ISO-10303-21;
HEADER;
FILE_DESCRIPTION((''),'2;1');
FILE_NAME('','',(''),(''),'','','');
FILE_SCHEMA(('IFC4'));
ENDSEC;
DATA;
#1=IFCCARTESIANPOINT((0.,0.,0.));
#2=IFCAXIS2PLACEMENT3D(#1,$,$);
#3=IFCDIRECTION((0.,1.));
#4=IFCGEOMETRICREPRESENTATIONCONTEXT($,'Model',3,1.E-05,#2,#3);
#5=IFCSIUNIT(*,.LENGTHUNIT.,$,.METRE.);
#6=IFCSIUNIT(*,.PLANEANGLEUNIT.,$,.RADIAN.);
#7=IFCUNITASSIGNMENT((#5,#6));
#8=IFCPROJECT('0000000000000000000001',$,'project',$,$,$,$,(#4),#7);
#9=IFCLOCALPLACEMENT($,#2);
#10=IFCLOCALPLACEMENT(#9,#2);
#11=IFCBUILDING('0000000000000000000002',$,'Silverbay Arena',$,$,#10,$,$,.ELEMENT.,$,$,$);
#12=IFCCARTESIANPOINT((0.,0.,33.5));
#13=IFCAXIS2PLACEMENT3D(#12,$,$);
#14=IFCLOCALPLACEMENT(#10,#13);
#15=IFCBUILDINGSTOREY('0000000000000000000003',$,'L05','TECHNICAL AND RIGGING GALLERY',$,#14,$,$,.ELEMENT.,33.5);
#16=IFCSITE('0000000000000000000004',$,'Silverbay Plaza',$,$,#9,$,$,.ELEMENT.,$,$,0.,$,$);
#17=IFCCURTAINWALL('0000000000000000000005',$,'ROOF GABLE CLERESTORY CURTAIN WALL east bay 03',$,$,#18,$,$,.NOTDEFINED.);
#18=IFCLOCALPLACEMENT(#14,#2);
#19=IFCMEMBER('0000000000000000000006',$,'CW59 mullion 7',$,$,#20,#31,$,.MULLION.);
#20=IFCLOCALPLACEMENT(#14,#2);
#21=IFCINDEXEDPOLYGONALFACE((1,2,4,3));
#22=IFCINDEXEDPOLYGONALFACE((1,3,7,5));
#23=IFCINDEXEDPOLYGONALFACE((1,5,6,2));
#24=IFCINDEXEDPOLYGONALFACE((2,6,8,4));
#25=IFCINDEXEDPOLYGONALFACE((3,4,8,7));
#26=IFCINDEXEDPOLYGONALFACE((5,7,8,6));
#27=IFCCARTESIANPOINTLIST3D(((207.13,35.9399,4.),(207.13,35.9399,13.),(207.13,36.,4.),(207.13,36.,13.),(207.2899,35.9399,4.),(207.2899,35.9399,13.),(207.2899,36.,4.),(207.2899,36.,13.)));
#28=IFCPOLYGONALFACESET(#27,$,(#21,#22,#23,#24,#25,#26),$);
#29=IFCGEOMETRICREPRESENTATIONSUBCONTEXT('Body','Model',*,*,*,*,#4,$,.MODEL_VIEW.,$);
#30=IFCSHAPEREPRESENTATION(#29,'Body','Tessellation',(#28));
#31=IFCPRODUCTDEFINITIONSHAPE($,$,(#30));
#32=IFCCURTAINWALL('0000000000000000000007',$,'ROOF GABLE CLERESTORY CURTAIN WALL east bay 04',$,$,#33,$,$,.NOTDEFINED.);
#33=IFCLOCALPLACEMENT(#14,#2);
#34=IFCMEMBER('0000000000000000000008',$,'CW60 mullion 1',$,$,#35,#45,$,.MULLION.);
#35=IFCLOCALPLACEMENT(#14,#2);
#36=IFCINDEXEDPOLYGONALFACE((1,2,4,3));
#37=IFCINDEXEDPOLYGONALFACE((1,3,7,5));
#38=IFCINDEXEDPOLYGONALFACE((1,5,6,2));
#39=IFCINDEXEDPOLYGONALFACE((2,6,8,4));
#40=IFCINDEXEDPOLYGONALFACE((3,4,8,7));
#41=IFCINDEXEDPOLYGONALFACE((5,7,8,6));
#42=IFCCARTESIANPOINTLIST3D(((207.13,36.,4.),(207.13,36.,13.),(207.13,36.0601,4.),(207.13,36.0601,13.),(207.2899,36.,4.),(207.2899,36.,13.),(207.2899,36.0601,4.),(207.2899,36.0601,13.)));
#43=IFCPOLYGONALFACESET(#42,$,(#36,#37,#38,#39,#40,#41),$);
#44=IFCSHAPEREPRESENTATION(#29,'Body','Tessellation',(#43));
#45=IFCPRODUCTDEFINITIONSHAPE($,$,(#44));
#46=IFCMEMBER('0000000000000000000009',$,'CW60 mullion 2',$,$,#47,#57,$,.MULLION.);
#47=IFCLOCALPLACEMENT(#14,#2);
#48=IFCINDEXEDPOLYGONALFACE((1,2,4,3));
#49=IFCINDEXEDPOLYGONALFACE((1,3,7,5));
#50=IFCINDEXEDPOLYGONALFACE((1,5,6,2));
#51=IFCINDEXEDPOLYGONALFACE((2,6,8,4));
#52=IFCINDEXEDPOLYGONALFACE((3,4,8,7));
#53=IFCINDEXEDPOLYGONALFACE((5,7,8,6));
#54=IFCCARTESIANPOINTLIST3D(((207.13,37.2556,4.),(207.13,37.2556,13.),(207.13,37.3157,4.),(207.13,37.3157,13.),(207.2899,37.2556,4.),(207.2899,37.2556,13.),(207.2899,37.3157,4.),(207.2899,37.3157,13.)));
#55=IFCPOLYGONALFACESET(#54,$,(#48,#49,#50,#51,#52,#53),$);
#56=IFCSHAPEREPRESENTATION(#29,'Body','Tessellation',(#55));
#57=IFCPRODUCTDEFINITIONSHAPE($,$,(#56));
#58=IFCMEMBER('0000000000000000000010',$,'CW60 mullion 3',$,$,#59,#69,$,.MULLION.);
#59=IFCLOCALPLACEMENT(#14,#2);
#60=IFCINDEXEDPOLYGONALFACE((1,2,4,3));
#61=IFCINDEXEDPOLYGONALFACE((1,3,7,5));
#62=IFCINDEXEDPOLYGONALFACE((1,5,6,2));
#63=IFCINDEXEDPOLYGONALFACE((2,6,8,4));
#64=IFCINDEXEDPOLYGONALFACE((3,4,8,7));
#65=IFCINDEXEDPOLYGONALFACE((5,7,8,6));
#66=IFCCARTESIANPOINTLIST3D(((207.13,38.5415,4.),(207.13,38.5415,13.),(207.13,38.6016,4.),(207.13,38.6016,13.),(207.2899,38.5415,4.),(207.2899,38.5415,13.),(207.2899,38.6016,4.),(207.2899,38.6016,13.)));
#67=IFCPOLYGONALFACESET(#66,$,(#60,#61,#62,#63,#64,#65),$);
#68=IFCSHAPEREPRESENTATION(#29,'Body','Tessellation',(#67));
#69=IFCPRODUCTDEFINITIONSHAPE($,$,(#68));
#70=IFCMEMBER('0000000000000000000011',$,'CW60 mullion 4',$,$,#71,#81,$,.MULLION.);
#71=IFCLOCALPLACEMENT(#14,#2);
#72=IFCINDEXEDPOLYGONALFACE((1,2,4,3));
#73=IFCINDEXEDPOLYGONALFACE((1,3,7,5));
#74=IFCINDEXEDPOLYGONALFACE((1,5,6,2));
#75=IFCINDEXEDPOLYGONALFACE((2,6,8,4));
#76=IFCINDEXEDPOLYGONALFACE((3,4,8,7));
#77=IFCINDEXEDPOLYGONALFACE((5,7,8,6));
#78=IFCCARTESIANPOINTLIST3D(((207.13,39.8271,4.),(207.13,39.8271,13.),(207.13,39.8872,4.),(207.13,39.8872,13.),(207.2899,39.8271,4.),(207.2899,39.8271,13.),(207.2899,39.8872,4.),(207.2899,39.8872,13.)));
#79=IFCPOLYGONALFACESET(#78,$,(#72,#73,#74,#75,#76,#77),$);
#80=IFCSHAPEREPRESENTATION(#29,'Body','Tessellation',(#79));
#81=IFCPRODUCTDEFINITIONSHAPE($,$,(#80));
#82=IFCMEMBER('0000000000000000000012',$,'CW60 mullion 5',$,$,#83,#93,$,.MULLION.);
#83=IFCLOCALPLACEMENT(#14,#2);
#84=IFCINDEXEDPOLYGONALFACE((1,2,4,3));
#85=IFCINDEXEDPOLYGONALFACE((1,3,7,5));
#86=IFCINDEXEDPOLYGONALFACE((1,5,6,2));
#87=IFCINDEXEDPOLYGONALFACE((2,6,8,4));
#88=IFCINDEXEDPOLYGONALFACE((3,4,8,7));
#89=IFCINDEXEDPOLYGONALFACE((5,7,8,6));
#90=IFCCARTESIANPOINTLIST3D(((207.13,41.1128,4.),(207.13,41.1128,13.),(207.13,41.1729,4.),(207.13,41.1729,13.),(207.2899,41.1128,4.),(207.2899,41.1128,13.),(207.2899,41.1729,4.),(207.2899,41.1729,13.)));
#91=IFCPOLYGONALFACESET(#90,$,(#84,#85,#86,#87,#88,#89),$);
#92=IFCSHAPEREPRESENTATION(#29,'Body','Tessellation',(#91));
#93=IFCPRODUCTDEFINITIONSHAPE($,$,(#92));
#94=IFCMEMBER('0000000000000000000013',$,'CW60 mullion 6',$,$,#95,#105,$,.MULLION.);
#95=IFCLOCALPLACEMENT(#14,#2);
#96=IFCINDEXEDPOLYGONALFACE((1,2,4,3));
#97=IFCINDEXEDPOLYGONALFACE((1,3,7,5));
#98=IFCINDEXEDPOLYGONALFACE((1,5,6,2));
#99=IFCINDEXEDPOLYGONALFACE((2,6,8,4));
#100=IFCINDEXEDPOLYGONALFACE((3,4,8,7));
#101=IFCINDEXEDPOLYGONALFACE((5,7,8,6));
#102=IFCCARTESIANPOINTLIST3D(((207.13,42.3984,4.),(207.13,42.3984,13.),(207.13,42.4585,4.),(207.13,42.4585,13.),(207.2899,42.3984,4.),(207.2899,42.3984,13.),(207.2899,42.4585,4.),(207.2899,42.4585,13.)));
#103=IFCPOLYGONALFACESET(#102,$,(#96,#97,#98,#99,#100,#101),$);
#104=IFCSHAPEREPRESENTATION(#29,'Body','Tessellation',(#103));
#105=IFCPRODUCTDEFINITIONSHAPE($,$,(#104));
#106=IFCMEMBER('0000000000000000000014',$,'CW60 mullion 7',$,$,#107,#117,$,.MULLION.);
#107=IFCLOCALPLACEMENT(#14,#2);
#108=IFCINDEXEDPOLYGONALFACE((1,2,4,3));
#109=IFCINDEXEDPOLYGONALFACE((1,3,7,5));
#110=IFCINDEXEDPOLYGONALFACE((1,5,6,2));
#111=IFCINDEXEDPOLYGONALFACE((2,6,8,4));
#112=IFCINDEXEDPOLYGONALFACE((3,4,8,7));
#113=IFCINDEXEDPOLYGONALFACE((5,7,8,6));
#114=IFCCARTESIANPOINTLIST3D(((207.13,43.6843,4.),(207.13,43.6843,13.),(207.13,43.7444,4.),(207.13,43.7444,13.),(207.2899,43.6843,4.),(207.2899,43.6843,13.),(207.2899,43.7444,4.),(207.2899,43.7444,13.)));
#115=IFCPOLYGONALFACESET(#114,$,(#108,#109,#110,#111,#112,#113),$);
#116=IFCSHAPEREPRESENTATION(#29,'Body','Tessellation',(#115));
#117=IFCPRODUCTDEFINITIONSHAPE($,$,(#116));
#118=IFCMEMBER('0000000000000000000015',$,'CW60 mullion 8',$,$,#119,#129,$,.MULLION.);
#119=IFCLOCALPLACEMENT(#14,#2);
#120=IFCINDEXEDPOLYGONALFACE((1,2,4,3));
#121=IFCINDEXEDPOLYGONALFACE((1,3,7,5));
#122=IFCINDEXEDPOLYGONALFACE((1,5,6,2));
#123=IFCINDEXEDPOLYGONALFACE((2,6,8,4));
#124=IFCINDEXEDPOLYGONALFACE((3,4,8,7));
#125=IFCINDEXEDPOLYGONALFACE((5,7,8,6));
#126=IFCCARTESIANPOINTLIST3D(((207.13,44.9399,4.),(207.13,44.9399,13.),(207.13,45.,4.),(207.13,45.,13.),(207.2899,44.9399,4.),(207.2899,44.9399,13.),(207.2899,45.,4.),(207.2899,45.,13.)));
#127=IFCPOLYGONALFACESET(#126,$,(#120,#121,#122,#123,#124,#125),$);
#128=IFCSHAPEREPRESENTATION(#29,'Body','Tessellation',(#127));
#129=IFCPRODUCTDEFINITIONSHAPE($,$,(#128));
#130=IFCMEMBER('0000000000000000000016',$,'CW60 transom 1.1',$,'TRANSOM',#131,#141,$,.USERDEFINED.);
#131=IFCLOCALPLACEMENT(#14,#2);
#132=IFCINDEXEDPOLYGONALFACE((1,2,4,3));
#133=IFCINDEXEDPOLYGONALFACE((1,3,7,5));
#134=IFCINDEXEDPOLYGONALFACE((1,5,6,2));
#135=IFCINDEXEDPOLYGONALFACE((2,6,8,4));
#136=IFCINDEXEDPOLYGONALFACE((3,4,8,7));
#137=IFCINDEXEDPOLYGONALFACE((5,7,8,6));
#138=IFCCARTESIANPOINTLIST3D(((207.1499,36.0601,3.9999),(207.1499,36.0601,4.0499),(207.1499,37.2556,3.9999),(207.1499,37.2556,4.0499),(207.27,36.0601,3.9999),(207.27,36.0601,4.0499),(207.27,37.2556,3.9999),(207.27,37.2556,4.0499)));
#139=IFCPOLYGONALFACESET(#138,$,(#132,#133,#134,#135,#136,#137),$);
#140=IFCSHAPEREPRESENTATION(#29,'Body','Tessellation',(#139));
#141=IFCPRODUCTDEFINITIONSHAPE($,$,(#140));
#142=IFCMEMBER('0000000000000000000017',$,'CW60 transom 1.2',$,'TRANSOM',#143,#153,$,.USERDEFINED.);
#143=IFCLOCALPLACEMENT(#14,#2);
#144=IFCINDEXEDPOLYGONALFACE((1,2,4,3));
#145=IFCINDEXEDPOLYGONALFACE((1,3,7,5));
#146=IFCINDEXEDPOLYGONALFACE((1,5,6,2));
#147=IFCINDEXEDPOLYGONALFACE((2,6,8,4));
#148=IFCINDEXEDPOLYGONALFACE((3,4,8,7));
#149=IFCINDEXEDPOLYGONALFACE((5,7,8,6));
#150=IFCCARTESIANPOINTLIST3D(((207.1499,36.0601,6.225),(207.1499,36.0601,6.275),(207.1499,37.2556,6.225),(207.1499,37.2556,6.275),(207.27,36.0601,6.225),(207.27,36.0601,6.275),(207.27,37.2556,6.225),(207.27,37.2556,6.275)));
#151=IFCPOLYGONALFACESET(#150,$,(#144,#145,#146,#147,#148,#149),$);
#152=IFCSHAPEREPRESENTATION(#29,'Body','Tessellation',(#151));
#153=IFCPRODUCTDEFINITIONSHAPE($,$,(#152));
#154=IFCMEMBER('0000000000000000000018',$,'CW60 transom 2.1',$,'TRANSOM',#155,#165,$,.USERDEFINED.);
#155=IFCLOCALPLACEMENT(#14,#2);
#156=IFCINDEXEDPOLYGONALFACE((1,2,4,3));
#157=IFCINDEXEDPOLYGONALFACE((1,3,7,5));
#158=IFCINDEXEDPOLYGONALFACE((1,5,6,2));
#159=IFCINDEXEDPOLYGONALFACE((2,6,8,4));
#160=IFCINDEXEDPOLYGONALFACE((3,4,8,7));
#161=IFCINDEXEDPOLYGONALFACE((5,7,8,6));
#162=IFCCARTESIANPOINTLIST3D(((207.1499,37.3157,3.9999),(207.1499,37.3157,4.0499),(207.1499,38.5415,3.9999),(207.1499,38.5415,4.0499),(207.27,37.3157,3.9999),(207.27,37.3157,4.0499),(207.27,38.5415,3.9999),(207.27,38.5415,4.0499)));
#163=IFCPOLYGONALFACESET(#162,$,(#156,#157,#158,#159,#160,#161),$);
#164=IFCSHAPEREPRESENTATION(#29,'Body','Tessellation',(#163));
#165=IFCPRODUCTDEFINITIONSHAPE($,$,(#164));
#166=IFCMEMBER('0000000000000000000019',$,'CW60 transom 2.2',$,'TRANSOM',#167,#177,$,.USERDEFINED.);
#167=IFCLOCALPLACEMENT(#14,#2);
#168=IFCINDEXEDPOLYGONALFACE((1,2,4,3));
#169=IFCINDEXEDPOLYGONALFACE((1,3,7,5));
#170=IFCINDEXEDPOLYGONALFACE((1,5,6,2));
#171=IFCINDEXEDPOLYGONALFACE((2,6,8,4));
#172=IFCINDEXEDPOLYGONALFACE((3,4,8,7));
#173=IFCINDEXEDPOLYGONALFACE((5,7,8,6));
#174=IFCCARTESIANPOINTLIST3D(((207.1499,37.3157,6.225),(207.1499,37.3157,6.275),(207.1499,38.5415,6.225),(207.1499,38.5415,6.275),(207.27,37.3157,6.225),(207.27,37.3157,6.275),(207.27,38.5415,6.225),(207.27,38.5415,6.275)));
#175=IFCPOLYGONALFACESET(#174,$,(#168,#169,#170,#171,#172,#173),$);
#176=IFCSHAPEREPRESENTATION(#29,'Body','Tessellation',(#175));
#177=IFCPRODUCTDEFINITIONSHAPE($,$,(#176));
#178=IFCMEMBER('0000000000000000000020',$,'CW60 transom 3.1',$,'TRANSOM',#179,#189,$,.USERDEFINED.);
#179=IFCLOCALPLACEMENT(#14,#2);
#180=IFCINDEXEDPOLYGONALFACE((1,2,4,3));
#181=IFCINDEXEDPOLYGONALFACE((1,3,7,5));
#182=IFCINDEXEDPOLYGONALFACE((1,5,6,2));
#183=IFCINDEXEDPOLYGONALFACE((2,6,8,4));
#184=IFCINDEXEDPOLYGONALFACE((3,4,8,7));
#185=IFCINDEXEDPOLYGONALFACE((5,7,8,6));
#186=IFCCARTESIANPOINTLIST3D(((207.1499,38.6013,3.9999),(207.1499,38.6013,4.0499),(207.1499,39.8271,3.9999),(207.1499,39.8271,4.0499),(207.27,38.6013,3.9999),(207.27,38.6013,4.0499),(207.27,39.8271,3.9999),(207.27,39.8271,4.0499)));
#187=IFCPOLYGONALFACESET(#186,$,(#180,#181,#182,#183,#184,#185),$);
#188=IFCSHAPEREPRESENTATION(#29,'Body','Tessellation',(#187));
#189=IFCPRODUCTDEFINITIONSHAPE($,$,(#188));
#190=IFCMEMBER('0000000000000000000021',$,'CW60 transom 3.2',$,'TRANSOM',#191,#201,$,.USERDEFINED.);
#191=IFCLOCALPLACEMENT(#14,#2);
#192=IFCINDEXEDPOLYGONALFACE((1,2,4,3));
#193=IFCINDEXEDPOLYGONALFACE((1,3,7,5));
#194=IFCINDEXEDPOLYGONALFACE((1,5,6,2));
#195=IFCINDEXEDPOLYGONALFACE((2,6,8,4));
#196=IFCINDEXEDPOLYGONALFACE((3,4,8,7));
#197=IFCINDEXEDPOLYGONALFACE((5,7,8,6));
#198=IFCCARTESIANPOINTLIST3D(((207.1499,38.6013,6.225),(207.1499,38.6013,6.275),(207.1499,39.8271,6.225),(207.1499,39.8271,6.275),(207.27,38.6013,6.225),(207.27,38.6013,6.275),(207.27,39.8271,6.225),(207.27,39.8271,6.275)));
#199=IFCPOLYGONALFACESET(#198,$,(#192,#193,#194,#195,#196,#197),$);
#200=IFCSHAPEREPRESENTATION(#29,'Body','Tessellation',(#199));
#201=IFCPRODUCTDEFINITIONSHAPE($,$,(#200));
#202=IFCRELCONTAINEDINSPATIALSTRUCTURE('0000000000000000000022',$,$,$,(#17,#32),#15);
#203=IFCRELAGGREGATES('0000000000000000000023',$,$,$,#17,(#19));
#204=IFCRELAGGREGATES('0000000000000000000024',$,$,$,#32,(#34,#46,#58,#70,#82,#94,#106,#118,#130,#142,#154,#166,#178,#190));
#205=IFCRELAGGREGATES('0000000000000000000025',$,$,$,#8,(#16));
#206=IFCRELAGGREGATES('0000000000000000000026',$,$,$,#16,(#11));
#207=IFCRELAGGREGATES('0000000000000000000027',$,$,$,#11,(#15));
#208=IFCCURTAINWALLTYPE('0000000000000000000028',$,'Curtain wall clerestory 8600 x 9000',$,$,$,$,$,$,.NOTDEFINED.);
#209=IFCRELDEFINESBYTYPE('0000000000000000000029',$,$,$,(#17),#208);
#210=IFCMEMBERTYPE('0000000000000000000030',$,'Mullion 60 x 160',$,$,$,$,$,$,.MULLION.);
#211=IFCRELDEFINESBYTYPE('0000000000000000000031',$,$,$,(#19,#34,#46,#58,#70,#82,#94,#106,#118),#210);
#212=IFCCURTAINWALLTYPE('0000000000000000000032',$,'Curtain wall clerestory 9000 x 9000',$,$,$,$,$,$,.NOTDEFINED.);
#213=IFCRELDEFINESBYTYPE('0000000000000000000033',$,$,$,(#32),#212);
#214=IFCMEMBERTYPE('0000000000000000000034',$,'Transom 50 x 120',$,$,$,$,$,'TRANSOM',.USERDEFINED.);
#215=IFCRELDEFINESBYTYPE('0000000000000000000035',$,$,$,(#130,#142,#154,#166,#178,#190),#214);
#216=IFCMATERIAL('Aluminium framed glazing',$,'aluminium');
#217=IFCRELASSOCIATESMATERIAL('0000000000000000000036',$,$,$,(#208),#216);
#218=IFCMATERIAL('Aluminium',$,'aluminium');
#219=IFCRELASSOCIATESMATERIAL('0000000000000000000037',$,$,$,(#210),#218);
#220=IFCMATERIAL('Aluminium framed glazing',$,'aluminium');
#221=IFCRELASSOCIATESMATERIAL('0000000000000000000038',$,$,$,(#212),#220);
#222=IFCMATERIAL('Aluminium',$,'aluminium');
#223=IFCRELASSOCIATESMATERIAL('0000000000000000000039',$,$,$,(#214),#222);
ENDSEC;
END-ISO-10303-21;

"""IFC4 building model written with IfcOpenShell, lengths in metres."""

from ifc_helpers import new_model, si_unit, direction, frame, origin, origin_2d, place, context, subcontext, project, spatial, rectangle, extrude, material, material_profile, profile_set, type_object, element, aggregate, save


model = new_model("IFC4")

# Units and contexts
model_context = context("Model", 3, precision=1e-05, world=origin(), true_north=direction((0.0, 1.0)))
body_context = subcontext(model_context, "Body", "Model", "MODEL_VIEW")
ifc_project = project(units=[si_unit("LENGTHUNIT", "METRE"), si_unit("PLANEANGLEUNIT", "RADIAN")], contexts=[model_context])

# Site, building, storey
site_placement = place(None, origin())
site = spatial("IfcSite", under=ifc_project, at=site_placement, Name="Silverbay Plaza", CompositionType="ELEMENT", RefElevation=0.0)
building_placement = place(site_placement, origin())
building = spatial("IfcBuilding", under=site, at=building_placement, Name="Silverbay Arena", CompositionType="ELEMENT")
storey_placement = place(building_placement, frame((0.0, 0.0, 33.5)))
storey = spatial("IfcBuildingStorey", under=building, at=storey_placement, Name="L05", Description="TECHNICAL AND RIGGING GALLERY", CompositionType="ELEMENT", Elevation=33.5)

# Curtain wall, member
ifc_material_1 = material(Name="Aluminium framed glazing", Category="aluminium")
curtain_wall_type_1 = type_object("IfcCurtainWallType", Name="Curtain wall clerestory 8600 x 9000", PredefinedType="NOTDEFINED", material=ifc_material_1)
curtain_wall_1_placement = place(storey_placement, origin())
curtain_wall_1 = element("IfcCurtainWall", 1, at=curtain_wall_1_placement, inside=storey, type_object=curtain_wall_type_1, Name="ROOF GABLE CLERESTORY CURTAIN WALL east bay 03", PredefinedType="NOTDEFINED")
ifc_material_2 = material(Name="Aluminium", Category="aluminium")
ifc_material_profile_1 = material_profile(ifc_material_2, rectangle(XDim=0.1599, YDim=0.0601, at=origin_2d()), Name="Mullion 60 x 160")
ifc_profile_set_1 = profile_set([ifc_material_profile_1], Name="Aluminium")
member_type_1 = type_object("IfcMemberType", Name="Mullion 60 x 160", PredefinedType="MULLION", material=ifc_profile_set_1)
member_1_placement = place(storey_placement, frame((207.21, 35.97, 4.0), z_axis=(0.0, 0.0, 1.0), x_axis=(-1.0, 0.0, 0.0)))
member_1 = element("IfcMember", 2, at=member_1_placement, type_object=member_type_1, Name="CW59 mullion 7", PredefinedType="MULLION", context=body_context, shape_type="SweptSolid", body=[
    extrude(rectangle(XDim=0.1599, YDim=0.0601, at=origin_2d()), origin(), (0.0, 0.0, 1.0), 9.0),
])
aggregate(curtain_wall_1, [member_1])

# Curtain wall, members
ifc_material_3 = material(Name="Aluminium framed glazing", Category="aluminium")
curtain_wall_type_2 = type_object("IfcCurtainWallType", Name="Curtain wall clerestory 9000 x 9000", PredefinedType="NOTDEFINED", material=ifc_material_3)
curtain_wall_2_placement = place(storey_placement, origin())
curtain_wall_2 = element("IfcCurtainWall", 3, at=curtain_wall_2_placement, inside=storey, type_object=curtain_wall_type_2, Name="ROOF GABLE CLERESTORY CURTAIN WALL east bay 04", PredefinedType="NOTDEFINED")
member_2_placement = place(storey_placement, frame((207.21, 36.03, 4.0), z_axis=(0.0, 0.0, 1.0), x_axis=(-1.0, 0.0, 0.0)))
member_2 = element("IfcMember", 4, at=member_2_placement, type_object=member_type_1, Name="CW60 mullion 1", PredefinedType="MULLION", context=body_context, shape_type="SweptSolid", body=[
    extrude(rectangle(XDim=0.1599, YDim=0.0601, at=origin_2d()), origin(), (0.0, 0.0, 1.0), 9.0),
])
member_3_placement = place(storey_placement, frame((207.21, 37.2856, 4.0), z_axis=(0.0, 0.0, 1.0), x_axis=(-1.0, 0.0, 0.0)))
member_3 = element("IfcMember", 5, at=member_3_placement, type_object=member_type_1, Name="CW60 mullion 2", PredefinedType="MULLION", context=body_context, shape_type="SweptSolid", body=[
    extrude(rectangle(XDim=0.1599, YDim=0.0601, at=origin_2d()), origin(), (0.0, 0.0, 1.0), 9.0),
])
member_4_placement = place(storey_placement, frame((207.21, 38.5715, 4.0), z_axis=(0.0, 0.0, 1.0), x_axis=(-1.0, 0.0, 0.0)))
member_4 = element("IfcMember", 6, at=member_4_placement, type_object=member_type_1, Name="CW60 mullion 3", PredefinedType="MULLION", context=body_context, shape_type="SweptSolid", body=[
    extrude(rectangle(XDim=0.1599, YDim=0.0601, at=origin_2d()), origin(), (0.0, 0.0, 1.0), 9.0),
])
member_5_placement = place(storey_placement, frame((207.21, 39.8572, 4.0), z_axis=(0.0, 0.0, 1.0), x_axis=(-1.0, 0.0, 0.0)))
member_5 = element("IfcMember", 7, at=member_5_placement, type_object=member_type_1, Name="CW60 mullion 4", PredefinedType="MULLION", context=body_context, shape_type="SweptSolid", body=[
    extrude(rectangle(XDim=0.1599, YDim=0.0601, at=origin_2d()), origin(), (0.0, 0.0, 1.0), 9.0),
])
member_6_placement = place(storey_placement, frame((207.21, 41.1428, 4.0), z_axis=(0.0, 0.0, 1.0), x_axis=(-1.0, 0.0, 0.0)))
member_6 = element("IfcMember", 8, at=member_6_placement, type_object=member_type_1, Name="CW60 mullion 5", PredefinedType="MULLION", context=body_context, shape_type="SweptSolid", body=[
    extrude(rectangle(XDim=0.1599, YDim=0.0601, at=origin_2d()), origin(), (0.0, 0.0, 1.0), 9.0),
])
member_7_placement = place(storey_placement, frame((207.21, 42.4285, 4.0), z_axis=(0.0, 0.0, 1.0), x_axis=(-1.0, 0.0, 0.0)))
member_7 = element("IfcMember", 9, at=member_7_placement, type_object=member_type_1, Name="CW60 mullion 6", PredefinedType="MULLION", context=body_context, shape_type="SweptSolid", body=[
    extrude(rectangle(XDim=0.1599, YDim=0.0601, at=origin_2d()), origin(), (0.0, 0.0, 1.0), 9.0),
])
member_8_placement = place(storey_placement, frame((207.21, 43.7144, 4.0), z_axis=(0.0, 0.0, 1.0), x_axis=(-1.0, 0.0, 0.0)))
member_8 = element("IfcMember", 10, at=member_8_placement, type_object=member_type_1, Name="CW60 mullion 7", PredefinedType="MULLION", context=body_context, shape_type="SweptSolid", body=[
    extrude(rectangle(XDim=0.1599, YDim=0.0601, at=origin_2d()), origin(), (0.0, 0.0, 1.0), 9.0),
])
member_9_placement = place(storey_placement, frame((207.21, 44.97, 4.0), z_axis=(0.0, 0.0, 1.0), x_axis=(-1.0, 0.0, 0.0)))
member_9 = element("IfcMember", 11, at=member_9_placement, type_object=member_type_1, Name="CW60 mullion 8", PredefinedType="MULLION", context=body_context, shape_type="SweptSolid", body=[
    extrude(rectangle(XDim=0.1599, YDim=0.0601, at=origin_2d()), origin(), (0.0, 0.0, 1.0), 9.0),
])
ifc_material_4 = material(Name="Aluminium", Category="aluminium")
ifc_material_profile_2 = material_profile(ifc_material_4, rectangle(XDim=0.1201, YDim=0.05, at=origin_2d()), Name="Transom 50 x 120")
ifc_profile_set_2 = profile_set([ifc_material_profile_2], Name="Aluminium")
member_type_2 = type_object("IfcMemberType", Name="Transom 50 x 120", ElementType="TRANSOM", PredefinedType="USERDEFINED", material=ifc_profile_set_2)
member_10_placement = place(storey_placement, frame((207.21, 36.0601, 4.0249), z_axis=(0.0, 1.0, 0.0), x_axis=(-1.0, 0.0, 0.0)))
member_10 = element("IfcMember", 12, at=member_10_placement, type_object=member_type_2, Name="CW60 transom 1.1", ObjectType="TRANSOM", PredefinedType="USERDEFINED", context=body_context, shape_type="SweptSolid", body=[
    extrude(rectangle(XDim=0.1201, YDim=0.05, at=origin_2d()), origin(), (0.0, 0.0, 1.0), 1.1956),
])
member_11_placement = place(storey_placement, frame((207.21, 36.0601, 6.25), z_axis=(0.0, 1.0, 0.0), x_axis=(-1.0, 0.0, 0.0)))
member_11 = element("IfcMember", 13, at=member_11_placement, type_object=member_type_2, Name="CW60 transom 1.2", ObjectType="TRANSOM", PredefinedType="USERDEFINED", context=body_context, shape_type="SweptSolid", body=[
    extrude(rectangle(XDim=0.1201, YDim=0.05, at=origin_2d()), origin(), (0.0, 0.0, 1.0), 1.1956),
])
member_12_placement = place(storey_placement, frame((207.21, 37.3157, 4.0249), z_axis=(0.0, 1.0, 0.0), x_axis=(-1.0, 0.0, 0.0)))
member_12 = element("IfcMember", 14, at=member_12_placement, type_object=member_type_2, Name="CW60 transom 2.1", ObjectType="TRANSOM", PredefinedType="USERDEFINED", context=body_context, shape_type="SweptSolid", body=[
    extrude(rectangle(XDim=0.1201, YDim=0.05, at=origin_2d()), origin(), (0.0, 0.0, 1.0), 1.2258),
])
member_13_placement = place(storey_placement, frame((207.21, 37.3157, 6.25), z_axis=(0.0, 1.0, 0.0), x_axis=(-1.0, 0.0, 0.0)))
member_13 = element("IfcMember", 15, at=member_13_placement, type_object=member_type_2, Name="CW60 transom 2.2", ObjectType="TRANSOM", PredefinedType="USERDEFINED", context=body_context, shape_type="SweptSolid", body=[
    extrude(rectangle(XDim=0.1201, YDim=0.05, at=origin_2d()), origin(), (0.0, 0.0, 1.0), 1.2258),
])
member_14_placement = place(storey_placement, frame((207.21, 38.6013, 4.0249), z_axis=(0.0, 1.0, 0.0), x_axis=(-1.0, 0.0, 0.0)))
member_14 = element("IfcMember", 16, at=member_14_placement, type_object=member_type_2, Name="CW60 transom 3.1", ObjectType="TRANSOM", PredefinedType="USERDEFINED", context=body_context, shape_type="SweptSolid", body=[
    extrude(rectangle(XDim=0.1201, YDim=0.05, at=origin_2d()), origin(), (0.0, 0.0, 1.0), 1.2258),
])
member_15_placement = place(storey_placement, frame((207.21, 38.6013, 6.25), z_axis=(0.0, 1.0, 0.0), x_axis=(-1.0, 0.0, 0.0)))
member_15 = element("IfcMember", 17, at=member_15_placement, type_object=member_type_2, Name="CW60 transom 3.2", ObjectType="TRANSOM", PredefinedType="USERDEFINED", context=body_context, shape_type="SweptSolid", body=[
    extrude(rectangle(XDim=0.1201, YDim=0.05, at=origin_2d()), origin(), (0.0, 0.0, 1.0), 1.2258),
])
aggregate(curtain_wall_2, [member_2, member_3, member_4, member_5, member_6, member_7, member_8, member_9, member_10, member_11, member_12, member_13, member_14, member_15])

save(model, "model.ifc")
